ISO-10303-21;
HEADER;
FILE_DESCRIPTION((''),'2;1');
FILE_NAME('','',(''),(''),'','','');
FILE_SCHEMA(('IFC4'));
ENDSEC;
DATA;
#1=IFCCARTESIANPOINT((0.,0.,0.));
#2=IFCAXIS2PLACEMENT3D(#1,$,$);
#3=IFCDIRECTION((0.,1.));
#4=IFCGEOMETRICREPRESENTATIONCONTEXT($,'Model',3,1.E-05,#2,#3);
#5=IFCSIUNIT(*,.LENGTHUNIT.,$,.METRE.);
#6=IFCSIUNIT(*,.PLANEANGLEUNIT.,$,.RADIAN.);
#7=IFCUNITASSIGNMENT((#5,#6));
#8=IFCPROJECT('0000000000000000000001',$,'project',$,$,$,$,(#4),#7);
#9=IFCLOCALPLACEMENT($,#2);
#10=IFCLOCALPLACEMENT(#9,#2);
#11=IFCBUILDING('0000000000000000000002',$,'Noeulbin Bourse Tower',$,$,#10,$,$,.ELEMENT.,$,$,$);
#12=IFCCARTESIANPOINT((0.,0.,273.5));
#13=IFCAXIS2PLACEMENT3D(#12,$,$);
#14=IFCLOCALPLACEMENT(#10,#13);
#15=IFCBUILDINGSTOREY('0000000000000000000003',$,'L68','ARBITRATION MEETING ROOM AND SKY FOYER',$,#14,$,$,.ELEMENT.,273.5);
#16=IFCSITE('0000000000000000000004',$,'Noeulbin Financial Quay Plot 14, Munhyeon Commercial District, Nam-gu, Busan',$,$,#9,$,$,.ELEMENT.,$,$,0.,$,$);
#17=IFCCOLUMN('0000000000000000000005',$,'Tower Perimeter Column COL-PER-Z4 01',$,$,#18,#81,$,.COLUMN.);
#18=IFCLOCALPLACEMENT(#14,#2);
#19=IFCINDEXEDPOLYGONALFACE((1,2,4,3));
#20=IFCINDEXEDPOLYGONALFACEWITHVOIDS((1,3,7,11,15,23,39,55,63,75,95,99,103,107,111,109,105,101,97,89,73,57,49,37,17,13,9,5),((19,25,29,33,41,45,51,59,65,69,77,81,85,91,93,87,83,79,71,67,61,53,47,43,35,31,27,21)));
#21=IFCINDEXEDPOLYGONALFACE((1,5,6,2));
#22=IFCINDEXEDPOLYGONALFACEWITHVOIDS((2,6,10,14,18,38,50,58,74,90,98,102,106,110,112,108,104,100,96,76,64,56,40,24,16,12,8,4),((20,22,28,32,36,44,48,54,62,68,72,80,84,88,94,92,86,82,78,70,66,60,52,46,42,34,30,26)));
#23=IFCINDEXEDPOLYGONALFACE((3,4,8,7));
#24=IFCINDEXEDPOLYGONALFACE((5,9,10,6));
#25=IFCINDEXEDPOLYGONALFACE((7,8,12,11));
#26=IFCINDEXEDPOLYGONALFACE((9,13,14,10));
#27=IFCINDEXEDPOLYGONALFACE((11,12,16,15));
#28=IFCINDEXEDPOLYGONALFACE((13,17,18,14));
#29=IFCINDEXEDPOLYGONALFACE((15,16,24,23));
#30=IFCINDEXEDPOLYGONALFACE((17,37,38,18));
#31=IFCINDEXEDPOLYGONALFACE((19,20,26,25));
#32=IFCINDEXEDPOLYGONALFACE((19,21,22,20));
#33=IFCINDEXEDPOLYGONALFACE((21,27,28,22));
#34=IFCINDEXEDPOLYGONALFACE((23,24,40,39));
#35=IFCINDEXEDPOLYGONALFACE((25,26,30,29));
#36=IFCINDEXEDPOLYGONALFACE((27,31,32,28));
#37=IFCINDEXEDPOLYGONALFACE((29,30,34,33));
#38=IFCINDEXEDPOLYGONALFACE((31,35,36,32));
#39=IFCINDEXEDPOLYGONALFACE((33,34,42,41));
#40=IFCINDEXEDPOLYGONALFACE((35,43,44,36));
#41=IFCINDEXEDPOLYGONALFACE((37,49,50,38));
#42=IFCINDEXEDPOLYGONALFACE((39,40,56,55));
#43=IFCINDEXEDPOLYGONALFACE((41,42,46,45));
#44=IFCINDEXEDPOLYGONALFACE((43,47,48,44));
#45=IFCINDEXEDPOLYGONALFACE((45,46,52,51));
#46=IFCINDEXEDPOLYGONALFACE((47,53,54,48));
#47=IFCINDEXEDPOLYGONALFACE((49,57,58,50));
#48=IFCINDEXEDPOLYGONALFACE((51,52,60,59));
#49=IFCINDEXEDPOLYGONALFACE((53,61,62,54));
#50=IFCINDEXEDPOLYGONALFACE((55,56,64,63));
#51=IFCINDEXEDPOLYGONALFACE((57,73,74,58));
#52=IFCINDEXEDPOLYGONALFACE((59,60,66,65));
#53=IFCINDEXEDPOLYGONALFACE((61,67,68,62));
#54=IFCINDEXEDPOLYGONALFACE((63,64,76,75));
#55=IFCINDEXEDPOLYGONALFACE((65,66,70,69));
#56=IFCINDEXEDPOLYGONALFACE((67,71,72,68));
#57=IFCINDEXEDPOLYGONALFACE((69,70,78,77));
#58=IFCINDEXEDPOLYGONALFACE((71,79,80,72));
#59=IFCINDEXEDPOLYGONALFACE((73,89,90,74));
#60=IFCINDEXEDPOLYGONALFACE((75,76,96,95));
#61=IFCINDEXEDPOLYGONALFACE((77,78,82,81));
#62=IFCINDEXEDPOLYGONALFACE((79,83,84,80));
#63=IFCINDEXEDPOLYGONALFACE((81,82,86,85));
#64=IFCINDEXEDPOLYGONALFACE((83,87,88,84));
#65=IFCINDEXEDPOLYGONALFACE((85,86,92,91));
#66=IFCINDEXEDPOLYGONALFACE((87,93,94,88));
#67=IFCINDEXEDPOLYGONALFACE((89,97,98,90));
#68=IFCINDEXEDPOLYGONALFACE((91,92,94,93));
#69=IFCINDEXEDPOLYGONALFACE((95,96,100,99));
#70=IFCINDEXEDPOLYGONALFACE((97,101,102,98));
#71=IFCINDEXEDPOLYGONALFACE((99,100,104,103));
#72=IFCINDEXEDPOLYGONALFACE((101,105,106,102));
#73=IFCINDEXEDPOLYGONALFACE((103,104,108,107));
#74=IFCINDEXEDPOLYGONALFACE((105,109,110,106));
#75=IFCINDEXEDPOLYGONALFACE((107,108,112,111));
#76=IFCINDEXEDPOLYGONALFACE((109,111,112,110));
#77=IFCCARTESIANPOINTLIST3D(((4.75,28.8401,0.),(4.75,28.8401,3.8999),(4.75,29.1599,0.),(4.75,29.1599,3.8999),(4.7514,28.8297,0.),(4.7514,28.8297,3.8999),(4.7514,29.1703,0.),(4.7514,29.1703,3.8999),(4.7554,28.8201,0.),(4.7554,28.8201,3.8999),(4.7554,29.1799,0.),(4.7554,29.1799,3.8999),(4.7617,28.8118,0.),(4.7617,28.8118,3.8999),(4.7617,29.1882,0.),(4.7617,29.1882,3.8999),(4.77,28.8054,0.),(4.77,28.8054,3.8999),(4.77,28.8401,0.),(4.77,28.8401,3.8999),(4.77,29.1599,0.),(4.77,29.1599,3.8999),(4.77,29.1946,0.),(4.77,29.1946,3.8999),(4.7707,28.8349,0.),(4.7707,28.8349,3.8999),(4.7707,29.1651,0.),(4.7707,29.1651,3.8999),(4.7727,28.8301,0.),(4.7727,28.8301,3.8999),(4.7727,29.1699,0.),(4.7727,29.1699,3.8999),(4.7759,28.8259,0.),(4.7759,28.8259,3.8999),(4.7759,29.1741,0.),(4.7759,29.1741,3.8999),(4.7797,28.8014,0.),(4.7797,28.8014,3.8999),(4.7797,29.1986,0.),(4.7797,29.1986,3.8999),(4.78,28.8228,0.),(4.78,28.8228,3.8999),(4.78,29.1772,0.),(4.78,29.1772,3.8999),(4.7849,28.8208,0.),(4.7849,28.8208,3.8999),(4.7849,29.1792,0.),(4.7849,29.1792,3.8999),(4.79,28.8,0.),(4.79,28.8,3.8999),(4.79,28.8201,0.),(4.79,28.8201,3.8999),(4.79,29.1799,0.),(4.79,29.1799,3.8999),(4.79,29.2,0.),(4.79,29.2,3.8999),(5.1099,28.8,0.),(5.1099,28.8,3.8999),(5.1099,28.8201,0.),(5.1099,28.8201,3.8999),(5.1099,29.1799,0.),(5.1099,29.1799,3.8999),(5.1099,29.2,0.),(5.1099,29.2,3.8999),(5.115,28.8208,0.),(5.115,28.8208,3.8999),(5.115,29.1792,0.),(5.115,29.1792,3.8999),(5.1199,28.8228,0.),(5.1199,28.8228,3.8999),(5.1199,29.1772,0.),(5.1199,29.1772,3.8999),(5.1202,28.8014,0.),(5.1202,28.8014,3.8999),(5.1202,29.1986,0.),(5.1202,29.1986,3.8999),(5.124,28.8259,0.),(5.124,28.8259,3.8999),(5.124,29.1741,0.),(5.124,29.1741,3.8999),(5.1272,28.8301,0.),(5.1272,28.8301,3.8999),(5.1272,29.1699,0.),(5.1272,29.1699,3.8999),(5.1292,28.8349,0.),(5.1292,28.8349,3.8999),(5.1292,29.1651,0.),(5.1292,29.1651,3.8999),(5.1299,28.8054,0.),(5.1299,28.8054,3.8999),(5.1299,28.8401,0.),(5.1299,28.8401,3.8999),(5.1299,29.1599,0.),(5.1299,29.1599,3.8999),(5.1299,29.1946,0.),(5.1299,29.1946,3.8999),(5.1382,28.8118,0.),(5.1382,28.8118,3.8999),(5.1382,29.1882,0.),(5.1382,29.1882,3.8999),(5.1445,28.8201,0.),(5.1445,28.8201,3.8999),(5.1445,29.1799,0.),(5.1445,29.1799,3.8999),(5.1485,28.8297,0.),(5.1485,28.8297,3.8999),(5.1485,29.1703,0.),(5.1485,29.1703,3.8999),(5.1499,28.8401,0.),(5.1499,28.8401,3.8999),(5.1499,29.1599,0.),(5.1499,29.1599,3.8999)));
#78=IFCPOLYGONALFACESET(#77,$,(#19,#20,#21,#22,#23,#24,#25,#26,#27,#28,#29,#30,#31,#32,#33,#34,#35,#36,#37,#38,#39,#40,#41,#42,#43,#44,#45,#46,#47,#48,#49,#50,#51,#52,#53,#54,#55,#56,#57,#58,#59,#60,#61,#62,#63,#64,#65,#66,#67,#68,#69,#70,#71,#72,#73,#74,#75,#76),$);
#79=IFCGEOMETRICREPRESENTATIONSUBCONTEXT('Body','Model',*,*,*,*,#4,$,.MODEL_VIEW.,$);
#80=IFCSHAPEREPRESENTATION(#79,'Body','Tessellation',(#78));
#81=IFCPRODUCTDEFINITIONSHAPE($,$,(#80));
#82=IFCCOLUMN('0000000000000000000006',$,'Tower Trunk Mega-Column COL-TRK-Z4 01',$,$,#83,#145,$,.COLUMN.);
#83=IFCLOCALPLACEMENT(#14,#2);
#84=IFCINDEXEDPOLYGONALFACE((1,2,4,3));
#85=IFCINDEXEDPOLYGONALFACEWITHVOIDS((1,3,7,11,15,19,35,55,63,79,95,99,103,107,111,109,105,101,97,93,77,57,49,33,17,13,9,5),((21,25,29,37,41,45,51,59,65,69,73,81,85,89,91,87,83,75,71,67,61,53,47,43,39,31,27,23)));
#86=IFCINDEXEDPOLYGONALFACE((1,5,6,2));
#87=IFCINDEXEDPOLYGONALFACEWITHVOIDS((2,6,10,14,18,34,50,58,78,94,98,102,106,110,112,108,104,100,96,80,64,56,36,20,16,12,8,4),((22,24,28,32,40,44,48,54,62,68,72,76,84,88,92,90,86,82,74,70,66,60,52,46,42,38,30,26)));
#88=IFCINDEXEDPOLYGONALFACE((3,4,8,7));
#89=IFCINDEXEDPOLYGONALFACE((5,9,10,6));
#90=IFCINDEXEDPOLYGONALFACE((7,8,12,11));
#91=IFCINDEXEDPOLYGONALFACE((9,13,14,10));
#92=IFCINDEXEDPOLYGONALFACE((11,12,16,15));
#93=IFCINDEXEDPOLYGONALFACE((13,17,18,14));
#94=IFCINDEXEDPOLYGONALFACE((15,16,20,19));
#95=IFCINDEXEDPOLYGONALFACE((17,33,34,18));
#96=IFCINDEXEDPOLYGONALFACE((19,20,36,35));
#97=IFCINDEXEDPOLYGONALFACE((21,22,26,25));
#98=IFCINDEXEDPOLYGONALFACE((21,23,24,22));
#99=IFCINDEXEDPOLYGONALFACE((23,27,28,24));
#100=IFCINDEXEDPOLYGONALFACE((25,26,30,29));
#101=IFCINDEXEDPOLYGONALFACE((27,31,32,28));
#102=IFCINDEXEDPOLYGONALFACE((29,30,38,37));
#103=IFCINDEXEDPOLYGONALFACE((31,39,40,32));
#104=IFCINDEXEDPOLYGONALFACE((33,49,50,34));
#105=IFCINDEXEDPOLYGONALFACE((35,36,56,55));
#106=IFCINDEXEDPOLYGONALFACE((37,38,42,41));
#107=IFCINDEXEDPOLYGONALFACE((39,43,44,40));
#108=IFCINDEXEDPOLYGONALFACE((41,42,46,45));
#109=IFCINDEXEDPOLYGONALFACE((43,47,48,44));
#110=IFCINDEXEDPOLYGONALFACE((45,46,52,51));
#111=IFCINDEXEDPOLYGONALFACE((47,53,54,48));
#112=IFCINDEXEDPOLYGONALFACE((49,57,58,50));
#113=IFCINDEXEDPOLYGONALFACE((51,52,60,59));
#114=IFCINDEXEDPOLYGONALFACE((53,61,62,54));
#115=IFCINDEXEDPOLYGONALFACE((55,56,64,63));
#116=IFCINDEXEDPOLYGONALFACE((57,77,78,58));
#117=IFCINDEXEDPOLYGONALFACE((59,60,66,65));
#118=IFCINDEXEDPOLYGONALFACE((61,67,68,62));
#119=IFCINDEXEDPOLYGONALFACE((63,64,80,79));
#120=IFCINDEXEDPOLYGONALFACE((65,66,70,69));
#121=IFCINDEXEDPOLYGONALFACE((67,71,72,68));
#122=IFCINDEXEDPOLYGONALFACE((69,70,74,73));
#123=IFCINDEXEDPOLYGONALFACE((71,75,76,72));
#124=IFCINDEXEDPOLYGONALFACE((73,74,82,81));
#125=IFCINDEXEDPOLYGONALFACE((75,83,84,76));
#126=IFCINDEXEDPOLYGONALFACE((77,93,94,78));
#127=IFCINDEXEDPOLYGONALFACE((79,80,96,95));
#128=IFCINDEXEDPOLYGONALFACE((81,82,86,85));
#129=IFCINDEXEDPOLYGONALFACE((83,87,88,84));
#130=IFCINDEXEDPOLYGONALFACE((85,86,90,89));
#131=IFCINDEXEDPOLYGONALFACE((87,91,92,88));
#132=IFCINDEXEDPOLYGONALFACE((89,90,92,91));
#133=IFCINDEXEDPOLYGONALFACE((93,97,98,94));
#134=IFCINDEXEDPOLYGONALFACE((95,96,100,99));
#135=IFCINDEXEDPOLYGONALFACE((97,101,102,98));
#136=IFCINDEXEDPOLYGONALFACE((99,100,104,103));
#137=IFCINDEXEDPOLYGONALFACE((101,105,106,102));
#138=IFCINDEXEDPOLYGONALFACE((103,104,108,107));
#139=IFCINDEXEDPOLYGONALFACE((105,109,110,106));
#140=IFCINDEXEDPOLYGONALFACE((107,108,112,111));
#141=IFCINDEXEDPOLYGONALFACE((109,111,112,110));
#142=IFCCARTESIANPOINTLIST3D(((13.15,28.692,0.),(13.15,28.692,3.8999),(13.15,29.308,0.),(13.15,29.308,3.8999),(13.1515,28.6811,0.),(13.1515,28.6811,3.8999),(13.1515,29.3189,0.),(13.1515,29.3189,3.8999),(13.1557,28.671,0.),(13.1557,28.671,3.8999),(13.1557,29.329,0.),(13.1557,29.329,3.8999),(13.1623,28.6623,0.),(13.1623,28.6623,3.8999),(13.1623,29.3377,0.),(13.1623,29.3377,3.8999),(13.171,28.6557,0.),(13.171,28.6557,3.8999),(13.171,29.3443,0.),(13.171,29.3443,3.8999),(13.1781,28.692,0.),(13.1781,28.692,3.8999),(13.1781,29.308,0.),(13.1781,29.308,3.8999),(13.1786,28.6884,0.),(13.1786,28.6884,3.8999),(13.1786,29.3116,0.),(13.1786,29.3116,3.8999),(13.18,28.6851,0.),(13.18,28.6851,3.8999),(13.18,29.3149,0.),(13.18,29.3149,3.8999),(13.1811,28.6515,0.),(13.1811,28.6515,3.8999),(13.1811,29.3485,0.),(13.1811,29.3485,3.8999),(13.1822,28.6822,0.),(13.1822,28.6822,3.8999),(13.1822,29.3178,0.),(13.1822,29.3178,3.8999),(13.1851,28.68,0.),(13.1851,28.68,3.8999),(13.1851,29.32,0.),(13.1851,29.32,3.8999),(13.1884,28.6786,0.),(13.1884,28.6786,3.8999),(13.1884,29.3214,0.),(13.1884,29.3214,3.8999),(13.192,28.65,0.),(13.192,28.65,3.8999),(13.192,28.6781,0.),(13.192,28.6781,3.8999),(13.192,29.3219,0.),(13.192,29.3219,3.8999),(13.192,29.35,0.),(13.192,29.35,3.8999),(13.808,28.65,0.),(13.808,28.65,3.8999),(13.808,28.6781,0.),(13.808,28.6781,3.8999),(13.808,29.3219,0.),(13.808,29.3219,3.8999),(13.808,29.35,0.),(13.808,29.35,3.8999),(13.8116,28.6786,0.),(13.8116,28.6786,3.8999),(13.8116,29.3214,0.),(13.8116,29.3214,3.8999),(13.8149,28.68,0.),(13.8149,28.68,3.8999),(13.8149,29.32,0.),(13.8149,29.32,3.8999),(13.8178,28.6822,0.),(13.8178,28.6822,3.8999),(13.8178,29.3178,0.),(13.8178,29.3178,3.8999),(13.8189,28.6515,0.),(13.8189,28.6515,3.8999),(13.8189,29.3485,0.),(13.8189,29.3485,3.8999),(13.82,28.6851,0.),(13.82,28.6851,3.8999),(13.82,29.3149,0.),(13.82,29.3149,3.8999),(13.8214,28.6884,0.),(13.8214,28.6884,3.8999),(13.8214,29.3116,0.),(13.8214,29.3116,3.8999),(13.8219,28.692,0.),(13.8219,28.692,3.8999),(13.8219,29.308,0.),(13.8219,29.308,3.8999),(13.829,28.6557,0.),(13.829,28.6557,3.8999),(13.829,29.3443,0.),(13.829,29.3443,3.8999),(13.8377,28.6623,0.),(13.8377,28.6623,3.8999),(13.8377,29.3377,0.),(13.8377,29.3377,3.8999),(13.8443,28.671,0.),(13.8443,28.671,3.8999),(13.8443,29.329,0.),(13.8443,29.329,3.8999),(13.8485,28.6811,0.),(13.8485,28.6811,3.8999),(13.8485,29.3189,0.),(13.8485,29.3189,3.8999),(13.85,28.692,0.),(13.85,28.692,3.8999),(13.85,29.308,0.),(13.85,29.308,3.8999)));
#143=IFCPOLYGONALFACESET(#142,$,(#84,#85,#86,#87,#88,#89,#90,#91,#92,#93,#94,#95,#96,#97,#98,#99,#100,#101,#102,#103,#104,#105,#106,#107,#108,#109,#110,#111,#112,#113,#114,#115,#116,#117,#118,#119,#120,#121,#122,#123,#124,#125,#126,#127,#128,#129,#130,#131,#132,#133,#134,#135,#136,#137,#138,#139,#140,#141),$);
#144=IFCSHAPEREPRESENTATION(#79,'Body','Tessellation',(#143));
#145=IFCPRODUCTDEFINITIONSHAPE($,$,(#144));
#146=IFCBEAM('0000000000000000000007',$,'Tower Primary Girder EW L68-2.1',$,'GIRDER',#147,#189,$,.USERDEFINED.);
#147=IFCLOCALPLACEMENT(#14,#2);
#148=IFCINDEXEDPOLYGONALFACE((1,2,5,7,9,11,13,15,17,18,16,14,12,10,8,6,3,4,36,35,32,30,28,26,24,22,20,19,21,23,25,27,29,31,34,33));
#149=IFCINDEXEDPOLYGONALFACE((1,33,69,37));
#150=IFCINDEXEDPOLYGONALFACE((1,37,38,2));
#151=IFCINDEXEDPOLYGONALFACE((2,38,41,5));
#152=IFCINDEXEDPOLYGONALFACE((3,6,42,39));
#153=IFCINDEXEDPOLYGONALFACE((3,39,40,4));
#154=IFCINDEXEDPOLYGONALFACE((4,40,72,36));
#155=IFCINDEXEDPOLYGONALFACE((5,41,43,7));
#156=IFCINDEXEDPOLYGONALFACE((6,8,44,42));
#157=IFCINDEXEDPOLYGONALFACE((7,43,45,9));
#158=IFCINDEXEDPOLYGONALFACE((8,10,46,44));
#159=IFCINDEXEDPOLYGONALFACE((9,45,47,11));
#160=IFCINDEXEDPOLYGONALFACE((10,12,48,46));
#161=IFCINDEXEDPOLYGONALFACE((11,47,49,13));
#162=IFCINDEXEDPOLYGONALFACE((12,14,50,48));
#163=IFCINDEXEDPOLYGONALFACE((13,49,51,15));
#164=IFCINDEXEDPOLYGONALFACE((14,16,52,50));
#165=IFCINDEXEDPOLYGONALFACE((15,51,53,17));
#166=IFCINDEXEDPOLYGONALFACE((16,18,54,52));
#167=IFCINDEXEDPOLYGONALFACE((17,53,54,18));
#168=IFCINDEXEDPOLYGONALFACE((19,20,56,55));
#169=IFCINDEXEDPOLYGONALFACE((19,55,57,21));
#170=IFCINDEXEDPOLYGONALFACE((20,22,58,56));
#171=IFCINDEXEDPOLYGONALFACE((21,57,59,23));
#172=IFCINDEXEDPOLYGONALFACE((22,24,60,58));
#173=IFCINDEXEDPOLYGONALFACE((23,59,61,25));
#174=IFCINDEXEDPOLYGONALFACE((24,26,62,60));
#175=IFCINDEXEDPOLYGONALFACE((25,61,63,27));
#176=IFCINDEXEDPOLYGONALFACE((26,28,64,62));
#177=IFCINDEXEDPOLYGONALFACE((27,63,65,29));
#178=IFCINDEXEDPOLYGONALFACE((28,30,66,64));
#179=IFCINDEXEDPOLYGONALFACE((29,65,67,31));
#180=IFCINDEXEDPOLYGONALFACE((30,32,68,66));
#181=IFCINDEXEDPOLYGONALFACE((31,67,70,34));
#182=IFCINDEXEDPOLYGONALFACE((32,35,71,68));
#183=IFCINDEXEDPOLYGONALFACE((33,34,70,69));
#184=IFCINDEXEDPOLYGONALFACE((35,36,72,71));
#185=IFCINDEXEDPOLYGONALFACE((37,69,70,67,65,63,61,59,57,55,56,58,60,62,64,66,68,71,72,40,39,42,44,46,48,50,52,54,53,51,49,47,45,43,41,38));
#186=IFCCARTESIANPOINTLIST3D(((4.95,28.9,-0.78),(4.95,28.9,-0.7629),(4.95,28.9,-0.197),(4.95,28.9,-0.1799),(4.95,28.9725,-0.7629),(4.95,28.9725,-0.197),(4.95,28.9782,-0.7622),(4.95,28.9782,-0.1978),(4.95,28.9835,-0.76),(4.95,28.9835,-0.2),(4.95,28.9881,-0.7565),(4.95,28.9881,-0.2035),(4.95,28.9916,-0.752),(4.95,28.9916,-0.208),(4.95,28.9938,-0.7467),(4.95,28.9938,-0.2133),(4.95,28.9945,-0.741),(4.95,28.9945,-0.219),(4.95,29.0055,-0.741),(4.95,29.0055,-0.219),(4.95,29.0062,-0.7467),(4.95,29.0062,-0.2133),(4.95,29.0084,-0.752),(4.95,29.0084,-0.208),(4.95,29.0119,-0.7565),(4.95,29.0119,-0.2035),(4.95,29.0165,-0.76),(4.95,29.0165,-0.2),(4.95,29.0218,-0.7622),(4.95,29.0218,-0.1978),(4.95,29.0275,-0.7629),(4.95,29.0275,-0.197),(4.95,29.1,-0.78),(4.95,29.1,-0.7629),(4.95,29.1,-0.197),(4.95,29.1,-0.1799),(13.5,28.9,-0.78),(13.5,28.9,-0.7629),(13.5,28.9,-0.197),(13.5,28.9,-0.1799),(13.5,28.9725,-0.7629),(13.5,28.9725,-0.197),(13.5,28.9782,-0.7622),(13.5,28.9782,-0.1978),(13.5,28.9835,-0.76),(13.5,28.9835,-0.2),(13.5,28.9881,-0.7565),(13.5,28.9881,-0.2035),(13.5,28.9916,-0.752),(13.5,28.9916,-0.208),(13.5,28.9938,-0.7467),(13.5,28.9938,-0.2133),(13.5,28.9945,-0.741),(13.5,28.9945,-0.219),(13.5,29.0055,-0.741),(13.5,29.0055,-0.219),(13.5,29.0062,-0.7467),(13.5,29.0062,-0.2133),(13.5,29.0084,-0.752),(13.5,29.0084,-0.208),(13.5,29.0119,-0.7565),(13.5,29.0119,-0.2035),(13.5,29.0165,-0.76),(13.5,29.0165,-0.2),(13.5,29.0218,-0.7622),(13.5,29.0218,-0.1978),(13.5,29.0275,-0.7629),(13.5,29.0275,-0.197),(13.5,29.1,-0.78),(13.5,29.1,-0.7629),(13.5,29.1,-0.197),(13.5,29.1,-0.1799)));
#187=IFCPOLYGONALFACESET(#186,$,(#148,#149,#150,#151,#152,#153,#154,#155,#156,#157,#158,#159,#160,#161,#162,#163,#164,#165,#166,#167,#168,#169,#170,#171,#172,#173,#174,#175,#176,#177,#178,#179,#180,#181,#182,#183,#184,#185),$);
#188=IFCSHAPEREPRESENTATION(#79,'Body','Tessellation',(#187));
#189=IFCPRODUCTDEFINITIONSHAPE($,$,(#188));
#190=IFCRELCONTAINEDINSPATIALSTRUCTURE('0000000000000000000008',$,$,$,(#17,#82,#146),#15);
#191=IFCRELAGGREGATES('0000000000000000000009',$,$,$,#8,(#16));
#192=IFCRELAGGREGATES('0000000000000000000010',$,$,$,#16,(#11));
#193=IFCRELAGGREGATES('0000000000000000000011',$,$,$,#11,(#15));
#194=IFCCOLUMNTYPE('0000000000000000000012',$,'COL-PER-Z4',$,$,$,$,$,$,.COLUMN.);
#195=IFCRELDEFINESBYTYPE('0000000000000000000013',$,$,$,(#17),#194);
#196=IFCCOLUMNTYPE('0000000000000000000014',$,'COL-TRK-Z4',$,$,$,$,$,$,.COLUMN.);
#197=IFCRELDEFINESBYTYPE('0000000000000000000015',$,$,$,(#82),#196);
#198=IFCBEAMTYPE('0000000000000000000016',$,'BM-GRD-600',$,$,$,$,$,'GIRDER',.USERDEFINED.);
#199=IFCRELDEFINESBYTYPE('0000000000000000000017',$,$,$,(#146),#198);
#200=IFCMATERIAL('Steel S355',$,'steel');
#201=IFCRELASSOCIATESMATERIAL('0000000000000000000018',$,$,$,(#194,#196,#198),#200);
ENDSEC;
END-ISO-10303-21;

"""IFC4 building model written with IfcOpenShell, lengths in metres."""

from ifc_helpers import new_model, si_unit, direction, frame, origin, origin_2d, place, context, subcontext, project, spatial, hollow_rectangle, i_section, extrude, material, material_profile, profile_set, type_object, element, save


model = new_model("IFC4")

# Units and contexts
model_context = context("Model", 3, precision=1e-05, world=origin(), true_north=direction((0.0, 1.0)))
body_context = subcontext(model_context, "Body", "Model", "MODEL_VIEW")
ifc_project = project(units=[si_unit("LENGTHUNIT", "METRE"), si_unit("PLANEANGLEUNIT", "RADIAN")], contexts=[model_context])

# Site, building, storey
site_placement = place(None, origin())
site = spatial("IfcSite", under=ifc_project, at=site_placement, Name="Noeulbin Financial Quay Plot 14, Munhyeon Commercial District, Nam-gu, Busan", CompositionType="ELEMENT", RefElevation=0.0)
building_placement = place(site_placement, origin())
building = spatial("IfcBuilding", under=site, at=building_placement, Name="Noeulbin Bourse Tower", CompositionType="ELEMENT")
storey_placement = place(building_placement, frame((0.0, 0.0, 273.5)))
storey = spatial("IfcBuildingStorey", under=building, at=storey_placement, Name="L68", Description="ARBITRATION MEETING ROOM AND SKY FOYER", CompositionType="ELEMENT", Elevation=273.5)

# Columns
ifc_material_1 = material(Name="Steel S355", Category="steel")
ifc_material_profile_1 = material_profile(ifc_material_1, hollow_rectangle(XDim=0.3999, YDim=0.3999, WallThickness=0.02, InnerFilletRadius=0.02, OuterFilletRadius=0.04, at=origin_2d()), Name="SHS-400x400x20", Category="LoadBearing")
ifc_profile_set_1 = profile_set([ifc_material_profile_1], Name="Steel S355")
column_type_1 = type_object("IfcColumnType", Name="COL-PER-Z4", PredefinedType="COLUMN", material=ifc_profile_set_1)
column_1_placement = place(storey_placement, frame((4.95, 29.0, 0.0), z_axis=(0.0, 0.0, 1.0), x_axis=(1.0, 0.0, 0.0)))
element("IfcColumn", 1, at=column_1_placement, inside=storey, type_object=column_type_1, Name="Tower Perimeter Column COL-PER-Z4 01", PredefinedType="COLUMN", context=body_context, shape_type="SweptSolid", body=[
    extrude(hollow_rectangle(XDim=0.3999, YDim=0.3999, WallThickness=0.02, InnerFilletRadius=0.02, OuterFilletRadius=0.04, at=origin_2d()), origin(), (0.0, 0.0, 1.0), 3.8999),
])
ifc_material_profile_2 = material_profile(ifc_material_1, hollow_rectangle(XDim=0.7, YDim=0.7, WallThickness=0.0281, InnerFilletRadius=0.0139, OuterFilletRadius=0.042, at=origin_2d()), Name="BOX-700x700x28", Category="LoadBearing")
ifc_profile_set_2 = profile_set([ifc_material_profile_2], Name="Steel S355")
column_type_2 = type_object("IfcColumnType", Name="COL-TRK-Z4", PredefinedType="COLUMN", material=ifc_profile_set_2)
column_2_placement = place(storey_placement, frame((13.5, 29.0, 0.0), z_axis=(0.0, 0.0, 1.0), x_axis=(1.0, 0.0, 0.0)))
element("IfcColumn", 2, at=column_2_placement, inside=storey, type_object=column_type_2, Name="Tower Trunk Mega-Column COL-TRK-Z4 01", PredefinedType="COLUMN", context=body_context, shape_type="SweptSolid", body=[
    extrude(hollow_rectangle(XDim=0.7, YDim=0.7, WallThickness=0.0281, InnerFilletRadius=0.0139, OuterFilletRadius=0.042, at=origin_2d()), origin(), (0.0, 0.0, 1.0), 3.8999),
])

# Beam
ifc_material_profile_3 = material_profile(ifc_material_1, i_section(OverallWidth=0.2, OverallDepth=0.6001, WebThickness=0.011, FlangeThickness=0.0171, FilletRadius=0.022, at=origin_2d()), Name="H-600x200x11x17", Category="LoadBearing")
ifc_profile_set_3 = profile_set([ifc_material_profile_3], Name="Steel S355")
beam_type = type_object("IfcBeamType", Name="BM-GRD-600", ElementType="GIRDER", PredefinedType="USERDEFINED", material=ifc_profile_set_3)
beam_placement = place(storey_placement, frame((4.95, 29.0, -0.48), z_axis=(1.0, 0.0, 0.0), x_axis=(0.0, 1.0, 0.0)))
element("IfcBeam", 3, at=beam_placement, inside=storey, type_object=beam_type, Name="Tower Primary Girder EW L68-2.1", ObjectType="GIRDER", PredefinedType="USERDEFINED", context=body_context, shape_type="SweptSolid", body=[
    extrude(i_section(OverallWidth=0.2, OverallDepth=0.6001, WebThickness=0.011, FlangeThickness=0.0171, FilletRadius=0.022, at=origin_2d()), origin(), (0.0, 0.0, 1.0), 8.55),
])

save(model, "model.ifc")
